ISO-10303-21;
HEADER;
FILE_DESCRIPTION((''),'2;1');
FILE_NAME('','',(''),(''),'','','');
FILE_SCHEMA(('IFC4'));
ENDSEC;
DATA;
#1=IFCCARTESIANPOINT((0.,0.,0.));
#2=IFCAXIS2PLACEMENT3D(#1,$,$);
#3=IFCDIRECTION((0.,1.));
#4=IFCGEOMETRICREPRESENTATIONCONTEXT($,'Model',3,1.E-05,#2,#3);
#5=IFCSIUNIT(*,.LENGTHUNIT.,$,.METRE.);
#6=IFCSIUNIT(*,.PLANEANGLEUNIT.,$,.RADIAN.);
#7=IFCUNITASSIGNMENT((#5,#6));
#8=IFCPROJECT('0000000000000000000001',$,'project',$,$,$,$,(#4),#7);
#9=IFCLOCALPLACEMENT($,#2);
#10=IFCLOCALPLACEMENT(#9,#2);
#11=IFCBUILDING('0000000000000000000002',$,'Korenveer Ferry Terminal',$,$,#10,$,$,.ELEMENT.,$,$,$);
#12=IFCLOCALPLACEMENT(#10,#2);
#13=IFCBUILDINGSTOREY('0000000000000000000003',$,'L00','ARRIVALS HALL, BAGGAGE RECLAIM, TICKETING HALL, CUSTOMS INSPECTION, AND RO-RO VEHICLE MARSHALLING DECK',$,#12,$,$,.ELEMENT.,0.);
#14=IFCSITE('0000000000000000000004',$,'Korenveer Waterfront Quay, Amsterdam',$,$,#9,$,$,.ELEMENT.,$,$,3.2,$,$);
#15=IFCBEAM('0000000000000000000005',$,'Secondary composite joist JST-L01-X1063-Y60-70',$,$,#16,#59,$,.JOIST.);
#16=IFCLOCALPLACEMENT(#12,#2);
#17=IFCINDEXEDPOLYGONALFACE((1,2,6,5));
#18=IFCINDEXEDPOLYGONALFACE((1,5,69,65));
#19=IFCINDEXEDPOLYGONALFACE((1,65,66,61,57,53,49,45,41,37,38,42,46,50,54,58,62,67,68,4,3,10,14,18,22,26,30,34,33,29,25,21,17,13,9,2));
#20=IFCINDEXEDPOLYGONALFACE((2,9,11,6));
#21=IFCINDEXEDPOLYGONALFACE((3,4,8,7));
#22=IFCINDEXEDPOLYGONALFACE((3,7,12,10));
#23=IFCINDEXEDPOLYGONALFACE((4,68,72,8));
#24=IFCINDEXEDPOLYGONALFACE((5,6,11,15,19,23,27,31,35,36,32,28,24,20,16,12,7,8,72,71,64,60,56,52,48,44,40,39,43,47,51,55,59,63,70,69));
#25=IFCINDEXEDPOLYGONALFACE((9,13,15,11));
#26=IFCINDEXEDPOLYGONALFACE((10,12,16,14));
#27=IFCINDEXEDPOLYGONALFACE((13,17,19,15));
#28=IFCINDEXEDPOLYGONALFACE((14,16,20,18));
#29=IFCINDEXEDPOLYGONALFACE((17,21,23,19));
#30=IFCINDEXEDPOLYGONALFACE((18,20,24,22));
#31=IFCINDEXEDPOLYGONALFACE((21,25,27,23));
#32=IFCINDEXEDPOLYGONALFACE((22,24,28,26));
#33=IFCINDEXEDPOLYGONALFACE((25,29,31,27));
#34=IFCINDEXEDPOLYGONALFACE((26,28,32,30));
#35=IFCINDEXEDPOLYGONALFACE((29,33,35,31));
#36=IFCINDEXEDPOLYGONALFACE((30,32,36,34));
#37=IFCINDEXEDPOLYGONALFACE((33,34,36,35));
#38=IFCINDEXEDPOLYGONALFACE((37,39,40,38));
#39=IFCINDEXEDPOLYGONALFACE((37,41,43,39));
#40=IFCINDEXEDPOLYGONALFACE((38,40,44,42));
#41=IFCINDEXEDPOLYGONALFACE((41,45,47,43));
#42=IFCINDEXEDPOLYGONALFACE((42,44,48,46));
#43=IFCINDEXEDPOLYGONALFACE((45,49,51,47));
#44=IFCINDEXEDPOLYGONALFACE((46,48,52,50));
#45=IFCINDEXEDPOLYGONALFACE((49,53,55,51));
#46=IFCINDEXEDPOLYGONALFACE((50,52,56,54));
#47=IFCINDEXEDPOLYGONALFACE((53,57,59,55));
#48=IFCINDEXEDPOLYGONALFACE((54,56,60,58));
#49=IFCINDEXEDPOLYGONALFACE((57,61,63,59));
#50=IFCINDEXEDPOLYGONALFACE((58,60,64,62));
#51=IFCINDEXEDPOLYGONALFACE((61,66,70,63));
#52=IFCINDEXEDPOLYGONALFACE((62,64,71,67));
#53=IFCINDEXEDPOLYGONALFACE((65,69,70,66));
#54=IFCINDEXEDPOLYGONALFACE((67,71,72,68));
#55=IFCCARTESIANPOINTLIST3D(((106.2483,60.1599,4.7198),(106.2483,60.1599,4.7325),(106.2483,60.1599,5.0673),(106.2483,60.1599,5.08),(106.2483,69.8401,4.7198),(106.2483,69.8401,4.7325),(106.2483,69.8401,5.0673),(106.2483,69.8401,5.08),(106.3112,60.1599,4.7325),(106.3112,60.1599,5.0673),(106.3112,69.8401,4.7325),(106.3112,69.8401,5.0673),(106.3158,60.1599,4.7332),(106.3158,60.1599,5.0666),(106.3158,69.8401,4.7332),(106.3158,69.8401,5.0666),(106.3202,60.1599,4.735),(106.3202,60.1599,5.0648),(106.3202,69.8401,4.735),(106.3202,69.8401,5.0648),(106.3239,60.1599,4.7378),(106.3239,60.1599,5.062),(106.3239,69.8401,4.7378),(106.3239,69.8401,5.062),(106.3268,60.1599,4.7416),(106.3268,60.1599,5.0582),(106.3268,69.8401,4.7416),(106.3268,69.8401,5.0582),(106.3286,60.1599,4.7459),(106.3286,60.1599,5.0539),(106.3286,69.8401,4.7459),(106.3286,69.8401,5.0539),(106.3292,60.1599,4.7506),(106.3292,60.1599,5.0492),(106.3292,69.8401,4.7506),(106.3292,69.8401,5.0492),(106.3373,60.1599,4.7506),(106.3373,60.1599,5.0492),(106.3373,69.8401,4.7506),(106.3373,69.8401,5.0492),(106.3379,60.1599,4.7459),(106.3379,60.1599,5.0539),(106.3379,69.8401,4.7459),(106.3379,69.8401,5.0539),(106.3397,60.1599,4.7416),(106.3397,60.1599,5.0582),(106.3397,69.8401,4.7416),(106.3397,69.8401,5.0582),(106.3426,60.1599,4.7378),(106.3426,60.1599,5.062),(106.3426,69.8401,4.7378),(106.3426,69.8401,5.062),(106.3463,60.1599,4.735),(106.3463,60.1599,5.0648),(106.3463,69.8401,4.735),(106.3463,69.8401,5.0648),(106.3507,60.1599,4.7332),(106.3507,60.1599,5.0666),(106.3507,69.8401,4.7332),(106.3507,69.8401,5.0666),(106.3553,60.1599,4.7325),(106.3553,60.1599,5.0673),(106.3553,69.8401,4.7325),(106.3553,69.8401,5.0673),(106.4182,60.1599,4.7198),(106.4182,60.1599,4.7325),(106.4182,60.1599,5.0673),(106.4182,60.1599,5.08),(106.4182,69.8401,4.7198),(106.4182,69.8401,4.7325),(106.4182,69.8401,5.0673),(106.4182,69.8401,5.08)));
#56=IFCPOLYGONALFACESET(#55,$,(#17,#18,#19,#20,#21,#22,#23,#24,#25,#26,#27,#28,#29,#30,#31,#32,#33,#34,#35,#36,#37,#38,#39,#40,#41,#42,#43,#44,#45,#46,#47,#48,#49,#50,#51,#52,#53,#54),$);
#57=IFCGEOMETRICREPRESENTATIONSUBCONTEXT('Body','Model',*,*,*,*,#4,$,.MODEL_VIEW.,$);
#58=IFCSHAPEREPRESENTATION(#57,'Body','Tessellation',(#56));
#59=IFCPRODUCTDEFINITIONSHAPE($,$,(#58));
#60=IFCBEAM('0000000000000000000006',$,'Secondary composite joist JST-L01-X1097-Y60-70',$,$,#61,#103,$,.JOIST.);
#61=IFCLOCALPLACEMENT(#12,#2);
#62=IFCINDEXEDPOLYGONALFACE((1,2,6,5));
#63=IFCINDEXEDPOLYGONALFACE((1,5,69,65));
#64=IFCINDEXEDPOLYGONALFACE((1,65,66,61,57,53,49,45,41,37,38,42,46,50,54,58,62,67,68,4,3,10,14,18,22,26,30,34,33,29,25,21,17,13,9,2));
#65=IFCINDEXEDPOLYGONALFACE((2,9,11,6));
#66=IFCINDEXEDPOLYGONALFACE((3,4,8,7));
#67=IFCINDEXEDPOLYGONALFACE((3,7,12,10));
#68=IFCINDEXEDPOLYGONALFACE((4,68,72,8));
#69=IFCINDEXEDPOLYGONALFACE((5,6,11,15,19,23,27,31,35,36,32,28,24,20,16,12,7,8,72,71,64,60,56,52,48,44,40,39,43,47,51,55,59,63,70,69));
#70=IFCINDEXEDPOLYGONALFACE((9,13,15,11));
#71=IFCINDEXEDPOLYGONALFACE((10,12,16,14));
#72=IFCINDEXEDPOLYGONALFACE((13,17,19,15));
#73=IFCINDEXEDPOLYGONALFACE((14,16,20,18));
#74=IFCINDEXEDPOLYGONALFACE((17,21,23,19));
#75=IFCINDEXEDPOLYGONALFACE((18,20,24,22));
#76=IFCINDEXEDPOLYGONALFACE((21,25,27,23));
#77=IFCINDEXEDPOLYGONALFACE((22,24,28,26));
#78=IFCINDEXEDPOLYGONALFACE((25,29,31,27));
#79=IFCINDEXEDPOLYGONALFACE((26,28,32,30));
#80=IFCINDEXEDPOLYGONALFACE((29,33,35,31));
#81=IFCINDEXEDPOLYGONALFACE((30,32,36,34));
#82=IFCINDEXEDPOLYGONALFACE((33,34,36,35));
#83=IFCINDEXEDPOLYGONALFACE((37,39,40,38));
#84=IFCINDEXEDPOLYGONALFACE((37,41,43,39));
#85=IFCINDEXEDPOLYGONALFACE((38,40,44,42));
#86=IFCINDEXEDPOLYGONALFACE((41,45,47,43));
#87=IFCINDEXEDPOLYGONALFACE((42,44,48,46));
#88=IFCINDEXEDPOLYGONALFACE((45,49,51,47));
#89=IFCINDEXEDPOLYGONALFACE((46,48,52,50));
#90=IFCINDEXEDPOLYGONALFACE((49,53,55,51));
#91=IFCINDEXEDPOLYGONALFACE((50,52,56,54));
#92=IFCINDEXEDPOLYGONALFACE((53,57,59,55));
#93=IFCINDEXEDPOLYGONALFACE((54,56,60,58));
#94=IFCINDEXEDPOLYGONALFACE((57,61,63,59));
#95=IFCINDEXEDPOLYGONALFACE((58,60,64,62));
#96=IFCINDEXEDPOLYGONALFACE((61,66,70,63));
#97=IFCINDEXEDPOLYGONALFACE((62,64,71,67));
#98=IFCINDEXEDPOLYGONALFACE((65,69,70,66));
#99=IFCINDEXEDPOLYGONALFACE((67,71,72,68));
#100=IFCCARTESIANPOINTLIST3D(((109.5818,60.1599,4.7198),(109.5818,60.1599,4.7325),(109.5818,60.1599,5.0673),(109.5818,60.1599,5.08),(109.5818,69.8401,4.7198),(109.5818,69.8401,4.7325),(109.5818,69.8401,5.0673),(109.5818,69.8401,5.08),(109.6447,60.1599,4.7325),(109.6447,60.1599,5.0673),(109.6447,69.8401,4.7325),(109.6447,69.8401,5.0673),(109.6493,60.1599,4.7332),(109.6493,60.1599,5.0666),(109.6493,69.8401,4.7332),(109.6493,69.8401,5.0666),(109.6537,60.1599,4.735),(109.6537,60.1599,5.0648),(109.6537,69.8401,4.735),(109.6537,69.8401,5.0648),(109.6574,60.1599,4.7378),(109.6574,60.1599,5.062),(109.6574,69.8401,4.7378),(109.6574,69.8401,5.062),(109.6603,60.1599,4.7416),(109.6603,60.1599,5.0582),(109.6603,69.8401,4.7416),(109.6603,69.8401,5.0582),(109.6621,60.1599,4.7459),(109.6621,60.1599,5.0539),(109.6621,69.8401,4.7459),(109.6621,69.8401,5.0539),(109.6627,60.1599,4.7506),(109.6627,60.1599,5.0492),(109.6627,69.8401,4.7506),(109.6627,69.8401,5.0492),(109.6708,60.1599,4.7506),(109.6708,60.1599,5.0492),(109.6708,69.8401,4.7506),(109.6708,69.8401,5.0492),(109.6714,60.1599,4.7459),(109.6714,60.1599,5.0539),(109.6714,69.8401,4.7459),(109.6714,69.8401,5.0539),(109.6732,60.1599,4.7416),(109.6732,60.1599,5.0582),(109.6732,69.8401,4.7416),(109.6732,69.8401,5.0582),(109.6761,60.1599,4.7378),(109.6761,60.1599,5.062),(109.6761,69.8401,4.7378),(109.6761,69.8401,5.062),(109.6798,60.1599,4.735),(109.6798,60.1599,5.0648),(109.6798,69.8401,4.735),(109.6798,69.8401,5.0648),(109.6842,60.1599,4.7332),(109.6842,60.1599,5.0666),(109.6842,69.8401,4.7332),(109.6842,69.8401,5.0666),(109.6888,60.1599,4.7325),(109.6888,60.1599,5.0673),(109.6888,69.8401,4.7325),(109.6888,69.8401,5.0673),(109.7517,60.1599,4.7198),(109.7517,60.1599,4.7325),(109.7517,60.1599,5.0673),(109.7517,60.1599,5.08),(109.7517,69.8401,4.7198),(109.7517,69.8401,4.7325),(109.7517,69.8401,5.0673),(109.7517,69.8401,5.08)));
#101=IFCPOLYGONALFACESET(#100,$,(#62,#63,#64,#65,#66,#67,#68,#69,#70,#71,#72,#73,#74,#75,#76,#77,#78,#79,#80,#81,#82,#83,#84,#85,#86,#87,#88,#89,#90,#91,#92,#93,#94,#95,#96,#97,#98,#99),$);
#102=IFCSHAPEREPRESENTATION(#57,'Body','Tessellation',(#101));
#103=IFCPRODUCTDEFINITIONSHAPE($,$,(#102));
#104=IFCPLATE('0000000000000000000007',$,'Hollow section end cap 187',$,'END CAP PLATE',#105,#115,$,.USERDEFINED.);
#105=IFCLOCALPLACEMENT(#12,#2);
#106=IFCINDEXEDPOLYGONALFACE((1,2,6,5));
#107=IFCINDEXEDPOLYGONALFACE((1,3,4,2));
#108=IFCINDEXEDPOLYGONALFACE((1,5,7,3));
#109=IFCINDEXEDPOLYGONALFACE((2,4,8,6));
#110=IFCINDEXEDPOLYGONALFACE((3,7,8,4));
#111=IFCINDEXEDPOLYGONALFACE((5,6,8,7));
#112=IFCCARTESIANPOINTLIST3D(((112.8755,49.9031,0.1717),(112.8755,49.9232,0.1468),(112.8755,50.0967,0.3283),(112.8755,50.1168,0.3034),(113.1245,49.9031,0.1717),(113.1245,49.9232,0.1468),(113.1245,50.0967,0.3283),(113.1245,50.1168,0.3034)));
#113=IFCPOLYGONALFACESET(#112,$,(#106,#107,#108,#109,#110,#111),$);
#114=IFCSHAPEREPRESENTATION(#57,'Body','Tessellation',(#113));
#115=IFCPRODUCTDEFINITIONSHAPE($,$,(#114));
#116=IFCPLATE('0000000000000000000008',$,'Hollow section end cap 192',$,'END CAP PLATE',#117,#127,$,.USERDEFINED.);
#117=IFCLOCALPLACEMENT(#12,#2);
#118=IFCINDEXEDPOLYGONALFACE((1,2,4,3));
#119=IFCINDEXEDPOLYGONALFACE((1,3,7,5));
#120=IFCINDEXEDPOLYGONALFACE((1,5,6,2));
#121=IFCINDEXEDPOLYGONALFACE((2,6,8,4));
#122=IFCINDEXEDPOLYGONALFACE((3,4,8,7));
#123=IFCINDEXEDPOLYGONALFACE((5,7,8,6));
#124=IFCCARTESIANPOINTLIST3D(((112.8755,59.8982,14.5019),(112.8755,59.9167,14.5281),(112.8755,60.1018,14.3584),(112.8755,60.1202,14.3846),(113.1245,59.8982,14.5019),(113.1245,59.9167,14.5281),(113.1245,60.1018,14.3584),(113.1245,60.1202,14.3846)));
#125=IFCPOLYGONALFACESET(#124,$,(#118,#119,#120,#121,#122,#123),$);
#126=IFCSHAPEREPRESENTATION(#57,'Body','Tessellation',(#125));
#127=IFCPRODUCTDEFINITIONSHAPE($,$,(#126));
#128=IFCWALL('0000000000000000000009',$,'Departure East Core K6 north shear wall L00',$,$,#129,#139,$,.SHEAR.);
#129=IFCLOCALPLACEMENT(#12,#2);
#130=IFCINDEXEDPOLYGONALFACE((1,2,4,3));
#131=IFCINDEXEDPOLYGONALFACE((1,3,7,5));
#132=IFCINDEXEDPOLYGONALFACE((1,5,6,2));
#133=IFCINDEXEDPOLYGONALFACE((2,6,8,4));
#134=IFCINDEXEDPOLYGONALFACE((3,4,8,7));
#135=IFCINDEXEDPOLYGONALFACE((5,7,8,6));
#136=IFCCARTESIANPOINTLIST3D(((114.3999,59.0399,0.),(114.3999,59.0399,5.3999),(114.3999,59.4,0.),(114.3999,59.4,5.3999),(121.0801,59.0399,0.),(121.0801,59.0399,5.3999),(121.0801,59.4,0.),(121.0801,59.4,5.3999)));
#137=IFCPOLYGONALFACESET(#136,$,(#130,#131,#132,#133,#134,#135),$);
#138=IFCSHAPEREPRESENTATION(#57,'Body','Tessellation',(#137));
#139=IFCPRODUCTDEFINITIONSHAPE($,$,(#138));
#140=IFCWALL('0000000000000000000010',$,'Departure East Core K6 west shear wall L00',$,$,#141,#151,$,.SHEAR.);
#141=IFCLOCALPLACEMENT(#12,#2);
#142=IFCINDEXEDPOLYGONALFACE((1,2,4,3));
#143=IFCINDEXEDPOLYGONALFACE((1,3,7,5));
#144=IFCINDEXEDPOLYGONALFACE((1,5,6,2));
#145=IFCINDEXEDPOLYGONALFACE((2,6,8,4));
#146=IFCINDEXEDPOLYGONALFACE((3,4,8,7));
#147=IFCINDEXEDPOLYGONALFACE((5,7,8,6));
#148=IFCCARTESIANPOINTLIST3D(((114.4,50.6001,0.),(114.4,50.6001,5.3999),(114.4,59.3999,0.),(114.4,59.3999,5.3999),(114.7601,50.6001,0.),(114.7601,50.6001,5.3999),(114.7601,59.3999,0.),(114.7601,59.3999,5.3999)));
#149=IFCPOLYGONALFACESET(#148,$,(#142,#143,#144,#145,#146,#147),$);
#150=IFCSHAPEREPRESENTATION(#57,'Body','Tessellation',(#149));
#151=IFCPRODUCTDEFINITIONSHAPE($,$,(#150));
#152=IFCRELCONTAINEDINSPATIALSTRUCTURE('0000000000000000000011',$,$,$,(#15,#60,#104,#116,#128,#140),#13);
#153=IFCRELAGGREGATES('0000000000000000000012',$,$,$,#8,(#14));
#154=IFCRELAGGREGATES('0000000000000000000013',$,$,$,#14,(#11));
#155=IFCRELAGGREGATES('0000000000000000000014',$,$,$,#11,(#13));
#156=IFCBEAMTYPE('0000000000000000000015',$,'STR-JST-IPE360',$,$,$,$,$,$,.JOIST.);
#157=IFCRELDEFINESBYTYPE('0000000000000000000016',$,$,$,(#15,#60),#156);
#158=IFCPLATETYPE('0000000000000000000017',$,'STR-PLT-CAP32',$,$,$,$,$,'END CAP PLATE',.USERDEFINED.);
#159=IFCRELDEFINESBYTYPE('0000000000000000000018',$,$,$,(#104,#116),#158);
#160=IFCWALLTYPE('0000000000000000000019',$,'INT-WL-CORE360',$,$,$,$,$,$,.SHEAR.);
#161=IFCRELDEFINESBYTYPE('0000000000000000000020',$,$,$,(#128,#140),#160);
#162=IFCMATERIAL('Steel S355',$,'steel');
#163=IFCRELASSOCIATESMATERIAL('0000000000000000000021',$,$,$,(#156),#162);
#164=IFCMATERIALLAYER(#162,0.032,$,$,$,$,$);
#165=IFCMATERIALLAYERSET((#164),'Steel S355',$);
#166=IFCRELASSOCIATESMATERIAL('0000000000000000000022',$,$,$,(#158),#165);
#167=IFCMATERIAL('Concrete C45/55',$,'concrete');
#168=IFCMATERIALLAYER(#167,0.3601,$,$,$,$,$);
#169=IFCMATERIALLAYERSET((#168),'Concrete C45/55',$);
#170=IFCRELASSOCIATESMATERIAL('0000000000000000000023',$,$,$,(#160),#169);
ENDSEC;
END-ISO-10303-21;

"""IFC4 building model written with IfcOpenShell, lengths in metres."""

from ifc_helpers import new_model, si_unit, direction, frame, frame_2d, origin, origin_2d, place, context, subcontext, project, spatial, rectangle, i_section, extrude, material, layer, layer_set, material_profile, profile_set, type_object, element, save


model = new_model("IFC4")

# Units and contexts
model_context = context("Model", 3, precision=1e-05, world=origin(), true_north=direction((0.0, 1.0)))
body_context = subcontext(model_context, "Body", "Model", "MODEL_VIEW")
ifc_project = project(units=[si_unit("LENGTHUNIT", "METRE"), si_unit("PLANEANGLEUNIT", "RADIAN")], contexts=[model_context])

# Site, building, storey
site_placement = place(None, origin())
site = spatial("IfcSite", under=ifc_project, at=site_placement, Name="Korenveer Waterfront Quay, Amsterdam", CompositionType="ELEMENT", RefElevation=3.2)
building_placement = place(site_placement, origin())
building = spatial("IfcBuilding", under=site, at=building_placement, Name="Korenveer Ferry Terminal", CompositionType="ELEMENT")
storey_placement = place(building_placement, origin())
storey = spatial("IfcBuildingStorey", under=building, at=storey_placement, Name="L00", Description="ARRIVALS HALL, BAGGAGE RECLAIM, TICKETING HALL, CUSTOMS INSPECTION, AND RO-RO VEHICLE MARSHALLING DECK", CompositionType="ELEMENT", Elevation=0.0)

# Shared definitions
ifc_material_1 = material(Name="Steel S355", Category="steel")

# Beams
ifc_material_profile_1 = material_profile(ifc_material_1, i_section(OverallWidth=0.1699, OverallDepth=0.3601, WebThickness=0.0081, FlangeThickness=0.0127, FilletRadius=0.0181, at=origin_2d()), Name="IPE 360")
ifc_profile_set_1 = profile_set([ifc_material_profile_1], Name="Steel S355")
beam_type_1 = type_object("IfcBeamType", Name="STR-JST-IPE360", PredefinedType="JOIST", material=ifc_profile_set_1)
for number, where, z_axis, x_axis, name in (
    (1, (106.3333, 60.1599, 4.8999), (0.0, 1.0, 0.0), (-1.0, 0.0, 0.0), "Secondary composite joist JST-L01-X1063-Y60-70"),
    (2, (109.6667, 60.1599, 4.8999), (0.0, 1.0, 0.0), (-1.0, 0.0, 0.0), "Secondary composite joist JST-L01-X1097-Y60-70"),
):
    element("IfcBeam", number, at=place(storey_placement, frame(where, z_axis=z_axis, x_axis=x_axis)), inside=storey, type_object=beam_type_1, Name=name, PredefinedType="JOIST", context=body_context, shape_type="SweptSolid", body=[
        extrude(i_section(OverallWidth=0.1699, OverallDepth=0.3601, WebThickness=0.0081, FlangeThickness=0.0127, FilletRadius=0.0181, at=origin_2d()), origin(), (0.0, 0.0, 1.0), 9.6802),
    ])

# Plates
ifc_layer_1 = layer(ifc_material_1, 0.032)
ifc_layer_set_1 = layer_set([ifc_layer_1], Name="Steel S355")
plate_type = type_object("IfcPlateType", Name="STR-PLT-CAP32", ElementType="END CAP PLATE", PredefinedType="USERDEFINED", material=ifc_layer_set_1)
for number, where, z_axis, x_axis, name in (
    (3, (113.0, 50.02, 0.2251), (0.0, -0.628848, 0.777528), (1.0, 0.0, 0.0), "Hollow section end cap 187"),
    (4, (113.0, 60.0, 14.4302), (0.0, 0.576313, 0.817229), (-1.0, 0.0, 0.0), "Hollow section end cap 192"),
):
    element("IfcPlate", number, at=place(storey_placement, frame(where, z_axis=z_axis, x_axis=x_axis)), inside=storey, type_object=plate_type, Name=name, ObjectType="END CAP PLATE", PredefinedType="USERDEFINED", context=body_context, shape_type="SweptSolid", body=[
        extrude(rectangle(XDim=0.249, YDim=0.249, at=origin_2d()), origin(), (0.0, 0.0, 1.0), 0.032),
    ])

# Shared definitions
ifc_material_2 = material(Name="Concrete C45/55", Category="concrete")
ifc_layer_2 = layer(ifc_material_2, 0.3601)
ifc_layer_set_2 = layer_set([ifc_layer_2], Name="Concrete C45/55")
wall_type = type_object("IfcWallType", Name="INT-WL-CORE360", PredefinedType="SHEAR", material=ifc_layer_set_2)

# Walls
wall_1_placement = place(storey_placement, frame((114.3999, 59.22, 0.0), z_axis=(0.0, 0.0, 1.0), x_axis=(1.0, 0.0, 0.0)))
element("IfcWall", 5, at=wall_1_placement, inside=storey, type_object=wall_type, Name="Departure East Core K6 north shear wall L00", PredefinedType="SHEAR", context=body_context, shape_type="SweptSolid", body=[
    extrude(rectangle(XDim=6.6802, YDim=0.3601, at=frame_2d((3.3401, 0.0))), origin(), (0.0, 0.0, 1.0), 5.3999),
])
wall_2_placement = place(storey_placement, frame((114.5801, 50.6001, 0.0), z_axis=(0.0, 0.0, 1.0), x_axis=(0.0, 1.0, 0.0)))
element("IfcWall", 6, at=wall_2_placement, inside=storey, type_object=wall_type, Name="Departure East Core K6 west shear wall L00", PredefinedType="SHEAR", context=body_context, shape_type="SweptSolid", body=[
    extrude(rectangle(XDim=8.7998, YDim=0.3601, at=frame_2d((4.3999, 0.0))), origin(), (0.0, 0.0, 1.0), 5.3999),
])

save(model, "model.ifc")
